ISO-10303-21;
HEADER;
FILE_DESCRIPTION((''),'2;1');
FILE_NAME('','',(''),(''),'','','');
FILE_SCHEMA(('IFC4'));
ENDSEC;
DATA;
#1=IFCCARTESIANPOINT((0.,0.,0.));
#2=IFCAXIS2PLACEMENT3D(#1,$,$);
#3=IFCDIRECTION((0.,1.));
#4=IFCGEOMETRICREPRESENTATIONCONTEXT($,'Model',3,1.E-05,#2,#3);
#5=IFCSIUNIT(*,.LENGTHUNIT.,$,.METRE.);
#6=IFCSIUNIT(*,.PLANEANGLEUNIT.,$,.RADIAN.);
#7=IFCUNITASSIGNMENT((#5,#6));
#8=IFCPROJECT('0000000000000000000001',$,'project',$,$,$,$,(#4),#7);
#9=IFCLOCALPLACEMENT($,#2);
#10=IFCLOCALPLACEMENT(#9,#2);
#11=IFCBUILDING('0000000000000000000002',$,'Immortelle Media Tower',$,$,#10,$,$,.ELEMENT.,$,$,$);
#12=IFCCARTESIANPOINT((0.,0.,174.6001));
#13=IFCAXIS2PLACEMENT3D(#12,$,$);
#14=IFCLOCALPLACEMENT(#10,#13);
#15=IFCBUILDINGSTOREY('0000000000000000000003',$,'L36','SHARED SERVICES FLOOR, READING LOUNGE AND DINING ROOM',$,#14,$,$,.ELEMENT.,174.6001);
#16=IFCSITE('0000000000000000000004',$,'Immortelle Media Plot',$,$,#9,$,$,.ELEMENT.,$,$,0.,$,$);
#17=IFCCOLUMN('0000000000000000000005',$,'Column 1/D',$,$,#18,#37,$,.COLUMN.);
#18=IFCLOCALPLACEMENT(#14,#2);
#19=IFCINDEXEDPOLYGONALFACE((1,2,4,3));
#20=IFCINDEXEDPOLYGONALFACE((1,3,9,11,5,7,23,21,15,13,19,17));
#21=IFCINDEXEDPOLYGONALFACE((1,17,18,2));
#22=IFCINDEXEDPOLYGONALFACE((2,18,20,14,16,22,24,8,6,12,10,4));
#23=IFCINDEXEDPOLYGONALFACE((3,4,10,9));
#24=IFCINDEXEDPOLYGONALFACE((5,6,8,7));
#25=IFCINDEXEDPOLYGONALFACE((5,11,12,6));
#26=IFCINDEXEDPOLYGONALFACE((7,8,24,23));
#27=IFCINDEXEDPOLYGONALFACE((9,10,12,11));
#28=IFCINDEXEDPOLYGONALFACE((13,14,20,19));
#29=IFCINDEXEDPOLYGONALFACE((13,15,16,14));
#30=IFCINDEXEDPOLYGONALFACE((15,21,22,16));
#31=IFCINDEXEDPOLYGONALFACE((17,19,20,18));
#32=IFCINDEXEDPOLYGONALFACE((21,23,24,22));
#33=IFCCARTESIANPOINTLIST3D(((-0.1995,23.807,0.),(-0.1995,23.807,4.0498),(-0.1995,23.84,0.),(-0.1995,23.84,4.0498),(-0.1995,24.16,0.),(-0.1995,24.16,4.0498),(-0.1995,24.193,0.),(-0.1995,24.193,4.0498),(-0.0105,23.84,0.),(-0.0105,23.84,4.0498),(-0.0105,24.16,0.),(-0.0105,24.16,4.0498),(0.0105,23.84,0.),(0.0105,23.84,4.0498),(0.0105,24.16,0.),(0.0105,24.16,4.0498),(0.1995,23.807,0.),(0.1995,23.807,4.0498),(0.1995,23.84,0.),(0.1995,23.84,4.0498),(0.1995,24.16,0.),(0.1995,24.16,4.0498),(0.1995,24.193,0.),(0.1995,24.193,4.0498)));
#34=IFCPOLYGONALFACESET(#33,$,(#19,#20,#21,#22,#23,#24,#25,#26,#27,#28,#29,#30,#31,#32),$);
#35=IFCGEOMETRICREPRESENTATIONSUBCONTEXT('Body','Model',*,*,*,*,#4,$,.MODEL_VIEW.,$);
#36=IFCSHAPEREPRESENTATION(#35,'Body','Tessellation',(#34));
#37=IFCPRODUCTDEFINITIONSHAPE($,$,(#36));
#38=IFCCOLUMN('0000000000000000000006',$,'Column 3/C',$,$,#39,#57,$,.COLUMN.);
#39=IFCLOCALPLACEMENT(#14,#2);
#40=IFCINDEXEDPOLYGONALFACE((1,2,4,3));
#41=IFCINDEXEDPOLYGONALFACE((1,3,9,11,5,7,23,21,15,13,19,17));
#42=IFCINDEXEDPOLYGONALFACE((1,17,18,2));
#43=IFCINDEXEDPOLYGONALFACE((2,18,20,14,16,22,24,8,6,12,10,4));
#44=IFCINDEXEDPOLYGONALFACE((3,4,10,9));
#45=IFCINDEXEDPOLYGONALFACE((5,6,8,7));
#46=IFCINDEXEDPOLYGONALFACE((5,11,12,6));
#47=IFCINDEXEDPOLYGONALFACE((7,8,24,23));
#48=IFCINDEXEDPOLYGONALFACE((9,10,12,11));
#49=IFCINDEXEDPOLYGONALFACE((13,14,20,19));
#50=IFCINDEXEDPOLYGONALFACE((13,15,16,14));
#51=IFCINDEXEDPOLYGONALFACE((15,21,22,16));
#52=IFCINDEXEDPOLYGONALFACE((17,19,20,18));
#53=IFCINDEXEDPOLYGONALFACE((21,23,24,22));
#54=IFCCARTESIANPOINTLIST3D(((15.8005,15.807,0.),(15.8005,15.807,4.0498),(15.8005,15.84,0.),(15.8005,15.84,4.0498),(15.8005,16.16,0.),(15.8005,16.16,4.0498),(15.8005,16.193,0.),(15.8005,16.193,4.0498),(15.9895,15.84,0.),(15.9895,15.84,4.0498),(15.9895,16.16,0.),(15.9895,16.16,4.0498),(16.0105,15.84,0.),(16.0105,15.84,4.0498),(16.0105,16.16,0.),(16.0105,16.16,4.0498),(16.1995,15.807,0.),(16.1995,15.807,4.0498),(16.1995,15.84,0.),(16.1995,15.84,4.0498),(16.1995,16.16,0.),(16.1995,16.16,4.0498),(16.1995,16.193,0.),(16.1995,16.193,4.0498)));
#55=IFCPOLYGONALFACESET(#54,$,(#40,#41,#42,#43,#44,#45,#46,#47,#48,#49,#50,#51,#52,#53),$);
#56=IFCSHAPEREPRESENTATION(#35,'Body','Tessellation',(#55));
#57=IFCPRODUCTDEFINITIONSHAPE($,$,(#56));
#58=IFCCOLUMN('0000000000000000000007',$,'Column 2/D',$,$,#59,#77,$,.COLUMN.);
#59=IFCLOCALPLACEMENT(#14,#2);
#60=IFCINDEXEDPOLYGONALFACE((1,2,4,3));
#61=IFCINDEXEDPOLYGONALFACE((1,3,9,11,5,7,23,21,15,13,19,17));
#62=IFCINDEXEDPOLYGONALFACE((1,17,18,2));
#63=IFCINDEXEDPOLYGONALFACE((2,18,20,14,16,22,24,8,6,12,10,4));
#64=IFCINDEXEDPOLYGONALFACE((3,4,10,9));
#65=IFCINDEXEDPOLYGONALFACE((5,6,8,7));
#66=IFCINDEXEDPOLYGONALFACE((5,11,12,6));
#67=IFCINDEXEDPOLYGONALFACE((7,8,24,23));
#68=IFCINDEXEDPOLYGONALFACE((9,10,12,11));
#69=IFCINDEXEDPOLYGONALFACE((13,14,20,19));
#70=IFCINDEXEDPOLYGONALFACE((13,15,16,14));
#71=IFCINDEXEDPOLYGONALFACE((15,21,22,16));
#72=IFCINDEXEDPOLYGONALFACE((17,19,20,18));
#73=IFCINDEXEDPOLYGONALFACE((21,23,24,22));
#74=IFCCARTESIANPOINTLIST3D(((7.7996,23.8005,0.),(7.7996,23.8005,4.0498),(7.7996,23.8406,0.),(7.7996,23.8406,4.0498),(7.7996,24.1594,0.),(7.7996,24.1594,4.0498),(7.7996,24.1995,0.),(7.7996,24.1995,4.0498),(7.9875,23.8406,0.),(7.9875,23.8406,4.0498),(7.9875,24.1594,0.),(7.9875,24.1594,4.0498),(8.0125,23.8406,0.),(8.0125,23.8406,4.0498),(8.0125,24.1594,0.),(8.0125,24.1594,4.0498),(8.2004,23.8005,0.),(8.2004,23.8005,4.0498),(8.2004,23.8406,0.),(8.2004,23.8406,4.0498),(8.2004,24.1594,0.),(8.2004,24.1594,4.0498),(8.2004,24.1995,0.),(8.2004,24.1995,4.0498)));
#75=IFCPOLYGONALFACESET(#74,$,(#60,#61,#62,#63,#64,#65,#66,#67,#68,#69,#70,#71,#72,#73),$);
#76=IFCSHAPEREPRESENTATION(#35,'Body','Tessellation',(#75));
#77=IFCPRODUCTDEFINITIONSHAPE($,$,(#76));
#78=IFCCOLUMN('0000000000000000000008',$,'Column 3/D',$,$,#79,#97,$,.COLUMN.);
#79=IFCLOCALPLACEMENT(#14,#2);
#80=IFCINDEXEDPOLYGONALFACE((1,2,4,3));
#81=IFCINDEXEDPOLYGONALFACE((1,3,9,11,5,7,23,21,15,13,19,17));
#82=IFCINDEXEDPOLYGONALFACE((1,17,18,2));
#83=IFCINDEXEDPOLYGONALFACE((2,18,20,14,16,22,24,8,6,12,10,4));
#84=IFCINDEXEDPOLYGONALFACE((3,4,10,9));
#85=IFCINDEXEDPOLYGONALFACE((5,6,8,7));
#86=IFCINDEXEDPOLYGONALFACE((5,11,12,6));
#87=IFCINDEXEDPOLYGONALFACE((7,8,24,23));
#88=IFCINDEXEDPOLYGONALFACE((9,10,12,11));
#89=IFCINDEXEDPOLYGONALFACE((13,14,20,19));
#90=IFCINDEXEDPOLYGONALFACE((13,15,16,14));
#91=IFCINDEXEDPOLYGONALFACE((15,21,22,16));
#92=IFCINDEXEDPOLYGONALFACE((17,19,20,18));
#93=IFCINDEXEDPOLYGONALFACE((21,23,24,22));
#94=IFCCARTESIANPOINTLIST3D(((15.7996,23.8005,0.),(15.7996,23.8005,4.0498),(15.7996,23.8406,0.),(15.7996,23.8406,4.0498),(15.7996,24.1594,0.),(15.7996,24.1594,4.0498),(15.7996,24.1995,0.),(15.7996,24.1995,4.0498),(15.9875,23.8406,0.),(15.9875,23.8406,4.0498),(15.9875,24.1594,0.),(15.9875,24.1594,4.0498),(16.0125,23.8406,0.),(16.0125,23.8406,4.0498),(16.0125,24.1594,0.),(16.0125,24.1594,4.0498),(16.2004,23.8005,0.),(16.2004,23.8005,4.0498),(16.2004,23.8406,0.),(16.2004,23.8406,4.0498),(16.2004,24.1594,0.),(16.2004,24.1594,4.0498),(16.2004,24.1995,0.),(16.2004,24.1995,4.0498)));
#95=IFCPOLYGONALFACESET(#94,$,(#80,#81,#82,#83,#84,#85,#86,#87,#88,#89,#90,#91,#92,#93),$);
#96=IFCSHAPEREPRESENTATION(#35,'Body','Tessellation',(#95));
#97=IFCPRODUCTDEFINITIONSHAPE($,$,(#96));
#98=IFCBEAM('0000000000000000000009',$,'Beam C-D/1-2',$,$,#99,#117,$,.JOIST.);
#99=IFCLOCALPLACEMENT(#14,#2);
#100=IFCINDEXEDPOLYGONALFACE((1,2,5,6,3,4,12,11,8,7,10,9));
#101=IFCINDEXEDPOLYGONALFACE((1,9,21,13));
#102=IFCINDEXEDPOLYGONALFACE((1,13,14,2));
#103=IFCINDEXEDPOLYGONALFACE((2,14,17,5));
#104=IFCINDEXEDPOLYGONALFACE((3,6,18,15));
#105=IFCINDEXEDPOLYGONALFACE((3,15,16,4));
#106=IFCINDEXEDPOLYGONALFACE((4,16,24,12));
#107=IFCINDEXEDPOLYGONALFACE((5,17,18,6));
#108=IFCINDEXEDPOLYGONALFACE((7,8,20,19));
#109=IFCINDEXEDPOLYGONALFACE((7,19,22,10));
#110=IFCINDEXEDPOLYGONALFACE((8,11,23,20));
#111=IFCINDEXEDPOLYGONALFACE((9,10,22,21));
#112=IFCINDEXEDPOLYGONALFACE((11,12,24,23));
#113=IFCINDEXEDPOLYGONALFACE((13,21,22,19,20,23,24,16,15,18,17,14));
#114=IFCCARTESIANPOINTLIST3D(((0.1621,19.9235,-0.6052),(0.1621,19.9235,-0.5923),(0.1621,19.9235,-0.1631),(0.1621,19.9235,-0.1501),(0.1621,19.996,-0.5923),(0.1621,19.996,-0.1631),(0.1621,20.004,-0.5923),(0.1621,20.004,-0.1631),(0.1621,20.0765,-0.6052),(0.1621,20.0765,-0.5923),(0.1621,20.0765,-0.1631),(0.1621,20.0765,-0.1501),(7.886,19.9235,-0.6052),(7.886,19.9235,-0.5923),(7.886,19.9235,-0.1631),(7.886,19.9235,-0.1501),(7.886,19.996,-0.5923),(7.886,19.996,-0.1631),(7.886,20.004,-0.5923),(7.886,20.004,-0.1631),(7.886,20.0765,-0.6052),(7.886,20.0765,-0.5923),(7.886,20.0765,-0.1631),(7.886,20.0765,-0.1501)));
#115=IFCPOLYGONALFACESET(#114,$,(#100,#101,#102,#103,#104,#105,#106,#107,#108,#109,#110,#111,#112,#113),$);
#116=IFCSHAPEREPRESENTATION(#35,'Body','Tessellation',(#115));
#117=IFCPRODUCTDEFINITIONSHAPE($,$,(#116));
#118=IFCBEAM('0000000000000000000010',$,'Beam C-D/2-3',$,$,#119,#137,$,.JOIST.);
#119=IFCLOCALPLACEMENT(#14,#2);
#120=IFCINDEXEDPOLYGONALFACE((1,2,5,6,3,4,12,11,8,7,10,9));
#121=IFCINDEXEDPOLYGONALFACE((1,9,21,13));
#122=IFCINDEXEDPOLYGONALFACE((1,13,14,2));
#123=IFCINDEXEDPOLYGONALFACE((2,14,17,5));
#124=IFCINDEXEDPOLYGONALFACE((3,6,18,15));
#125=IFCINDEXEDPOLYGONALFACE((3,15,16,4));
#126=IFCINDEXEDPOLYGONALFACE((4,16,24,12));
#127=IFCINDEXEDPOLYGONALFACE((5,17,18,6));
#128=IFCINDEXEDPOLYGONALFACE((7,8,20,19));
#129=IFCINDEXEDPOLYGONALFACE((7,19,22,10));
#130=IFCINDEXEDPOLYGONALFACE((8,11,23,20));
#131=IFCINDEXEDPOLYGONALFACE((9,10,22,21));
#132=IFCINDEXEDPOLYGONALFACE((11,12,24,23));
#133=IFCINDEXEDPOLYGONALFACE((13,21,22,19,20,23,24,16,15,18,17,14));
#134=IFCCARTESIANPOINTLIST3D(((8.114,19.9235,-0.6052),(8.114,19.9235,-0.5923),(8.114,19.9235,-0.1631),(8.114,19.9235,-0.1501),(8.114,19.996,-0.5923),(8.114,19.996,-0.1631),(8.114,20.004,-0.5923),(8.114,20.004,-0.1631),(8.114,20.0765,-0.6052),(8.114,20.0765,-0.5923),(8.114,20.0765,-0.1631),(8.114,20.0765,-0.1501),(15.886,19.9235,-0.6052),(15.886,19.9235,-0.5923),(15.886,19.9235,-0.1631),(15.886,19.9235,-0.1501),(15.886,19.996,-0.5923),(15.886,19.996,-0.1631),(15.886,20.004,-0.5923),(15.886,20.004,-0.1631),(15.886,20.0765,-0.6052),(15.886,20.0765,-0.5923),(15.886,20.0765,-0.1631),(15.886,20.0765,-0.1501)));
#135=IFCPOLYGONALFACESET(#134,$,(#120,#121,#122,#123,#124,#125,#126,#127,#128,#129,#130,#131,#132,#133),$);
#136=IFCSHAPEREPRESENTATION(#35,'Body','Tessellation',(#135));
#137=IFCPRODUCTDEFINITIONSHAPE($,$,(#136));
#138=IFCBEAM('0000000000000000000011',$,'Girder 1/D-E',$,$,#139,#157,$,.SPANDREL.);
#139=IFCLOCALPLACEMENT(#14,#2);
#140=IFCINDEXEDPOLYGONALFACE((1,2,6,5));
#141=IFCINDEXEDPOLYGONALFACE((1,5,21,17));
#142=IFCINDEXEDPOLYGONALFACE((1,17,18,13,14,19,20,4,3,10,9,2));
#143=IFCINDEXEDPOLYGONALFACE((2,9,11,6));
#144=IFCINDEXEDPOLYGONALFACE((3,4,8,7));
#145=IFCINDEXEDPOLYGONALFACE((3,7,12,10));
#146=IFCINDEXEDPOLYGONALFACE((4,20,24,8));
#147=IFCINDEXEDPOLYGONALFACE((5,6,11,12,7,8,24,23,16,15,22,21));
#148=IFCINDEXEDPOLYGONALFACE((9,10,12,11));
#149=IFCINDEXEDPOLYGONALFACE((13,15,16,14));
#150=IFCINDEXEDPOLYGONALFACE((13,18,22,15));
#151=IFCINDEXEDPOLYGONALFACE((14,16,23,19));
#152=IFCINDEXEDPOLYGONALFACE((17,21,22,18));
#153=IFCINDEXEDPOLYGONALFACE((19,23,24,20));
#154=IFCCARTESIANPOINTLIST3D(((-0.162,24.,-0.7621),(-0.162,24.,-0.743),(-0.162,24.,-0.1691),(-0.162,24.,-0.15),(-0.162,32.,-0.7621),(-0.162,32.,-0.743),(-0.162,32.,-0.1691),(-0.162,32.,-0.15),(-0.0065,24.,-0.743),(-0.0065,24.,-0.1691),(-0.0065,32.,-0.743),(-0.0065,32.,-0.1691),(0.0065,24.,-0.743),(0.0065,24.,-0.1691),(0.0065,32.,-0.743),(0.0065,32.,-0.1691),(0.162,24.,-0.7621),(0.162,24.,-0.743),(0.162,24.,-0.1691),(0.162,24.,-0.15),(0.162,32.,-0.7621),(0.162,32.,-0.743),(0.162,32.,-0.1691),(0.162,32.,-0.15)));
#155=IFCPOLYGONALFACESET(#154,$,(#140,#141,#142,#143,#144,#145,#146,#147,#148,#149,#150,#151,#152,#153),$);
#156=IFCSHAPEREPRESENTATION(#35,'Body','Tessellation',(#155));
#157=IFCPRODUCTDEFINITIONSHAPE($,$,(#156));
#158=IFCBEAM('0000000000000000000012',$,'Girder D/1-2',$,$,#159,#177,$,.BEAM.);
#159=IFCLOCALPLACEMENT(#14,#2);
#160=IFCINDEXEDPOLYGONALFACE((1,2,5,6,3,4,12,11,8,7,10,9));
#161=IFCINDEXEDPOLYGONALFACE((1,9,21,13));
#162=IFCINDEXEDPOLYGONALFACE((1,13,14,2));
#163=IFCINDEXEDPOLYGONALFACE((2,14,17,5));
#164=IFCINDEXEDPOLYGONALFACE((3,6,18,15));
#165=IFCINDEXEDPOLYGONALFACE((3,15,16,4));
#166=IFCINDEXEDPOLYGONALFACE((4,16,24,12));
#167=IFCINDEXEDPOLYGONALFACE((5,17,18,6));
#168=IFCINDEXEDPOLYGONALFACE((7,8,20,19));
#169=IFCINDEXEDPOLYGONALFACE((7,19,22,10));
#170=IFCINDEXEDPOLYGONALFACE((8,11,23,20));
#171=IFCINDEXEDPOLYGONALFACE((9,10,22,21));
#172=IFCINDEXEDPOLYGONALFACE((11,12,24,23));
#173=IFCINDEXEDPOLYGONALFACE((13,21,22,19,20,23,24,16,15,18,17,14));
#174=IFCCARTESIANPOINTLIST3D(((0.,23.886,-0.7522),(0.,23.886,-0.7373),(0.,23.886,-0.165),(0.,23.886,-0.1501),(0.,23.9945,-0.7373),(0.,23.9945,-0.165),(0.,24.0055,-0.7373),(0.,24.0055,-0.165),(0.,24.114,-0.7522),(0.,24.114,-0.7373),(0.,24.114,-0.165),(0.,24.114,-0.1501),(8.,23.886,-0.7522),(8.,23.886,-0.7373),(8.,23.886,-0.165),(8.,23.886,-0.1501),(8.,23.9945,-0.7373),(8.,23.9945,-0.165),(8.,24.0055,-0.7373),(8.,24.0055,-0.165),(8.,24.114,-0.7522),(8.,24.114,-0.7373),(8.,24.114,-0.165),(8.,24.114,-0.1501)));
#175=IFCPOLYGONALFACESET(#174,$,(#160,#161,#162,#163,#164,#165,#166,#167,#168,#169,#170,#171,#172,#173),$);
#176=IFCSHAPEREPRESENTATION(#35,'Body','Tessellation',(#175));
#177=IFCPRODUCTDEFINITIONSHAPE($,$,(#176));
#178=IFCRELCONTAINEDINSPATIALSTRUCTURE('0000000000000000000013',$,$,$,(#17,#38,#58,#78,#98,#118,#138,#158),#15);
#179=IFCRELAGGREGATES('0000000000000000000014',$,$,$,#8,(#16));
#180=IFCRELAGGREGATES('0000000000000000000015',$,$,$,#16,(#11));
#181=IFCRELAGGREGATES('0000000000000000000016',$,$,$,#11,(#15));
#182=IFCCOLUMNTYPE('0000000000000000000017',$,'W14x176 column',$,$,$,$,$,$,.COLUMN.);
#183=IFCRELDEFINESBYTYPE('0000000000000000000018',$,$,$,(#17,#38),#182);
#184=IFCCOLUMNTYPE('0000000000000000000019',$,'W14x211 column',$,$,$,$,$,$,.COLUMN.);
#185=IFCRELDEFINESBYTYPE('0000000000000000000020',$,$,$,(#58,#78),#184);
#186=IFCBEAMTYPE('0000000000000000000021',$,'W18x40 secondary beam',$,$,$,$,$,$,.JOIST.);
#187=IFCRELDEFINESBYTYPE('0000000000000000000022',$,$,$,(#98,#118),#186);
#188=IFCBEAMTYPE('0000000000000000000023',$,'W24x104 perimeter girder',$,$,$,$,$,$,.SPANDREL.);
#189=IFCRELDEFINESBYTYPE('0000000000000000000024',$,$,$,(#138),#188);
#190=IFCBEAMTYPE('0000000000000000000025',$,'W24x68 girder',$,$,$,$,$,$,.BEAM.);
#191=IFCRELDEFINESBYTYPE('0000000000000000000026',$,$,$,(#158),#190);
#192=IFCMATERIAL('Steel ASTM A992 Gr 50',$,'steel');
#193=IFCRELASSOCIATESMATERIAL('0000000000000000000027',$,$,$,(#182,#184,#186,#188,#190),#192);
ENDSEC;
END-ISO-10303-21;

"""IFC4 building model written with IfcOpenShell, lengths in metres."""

from ifc_helpers import new_model, si_unit, direction, frame, origin, origin_2d, place, context, subcontext, project, spatial, i_section, extrude, material, material_profile, profile_set, type_object, element, save


model = new_model("IFC4")

# Units and contexts
model_context = context("Model", 3, precision=1e-05, world=origin(), true_north=direction((0.0, 1.0)))
body_context = subcontext(model_context, "Body", "Model", "MODEL_VIEW")
ifc_project = project(units=[si_unit("LENGTHUNIT", "METRE"), si_unit("PLANEANGLEUNIT", "RADIAN")], contexts=[model_context])

# Site, building, storey
site_placement = place(None, origin())
site = spatial("IfcSite", under=ifc_project, at=site_placement, Name="Immortelle Media Plot", CompositionType="ELEMENT", RefElevation=0.0)
building_placement = place(site_placement, origin())
building = spatial("IfcBuilding", under=site, at=building_placement, Name="Immortelle Media Tower", CompositionType="ELEMENT")
storey_placement = place(building_placement, frame((0.0, 0.0, 174.6001)))
storey = spatial("IfcBuildingStorey", under=building, at=storey_placement, Name="L36", Description="SHARED SERVICES FLOOR, READING LOUNGE AND DINING ROOM", CompositionType="ELEMENT", Elevation=174.6001)

# Columns
ifc_material_1 = material(Name="Steel ASTM A992 Gr 50", Category="steel")
ifc_material_profile_1 = material_profile(ifc_material_1, i_section(OverallWidth=0.3989, OverallDepth=0.386, WebThickness=0.021, FlangeThickness=0.033, at=origin_2d()), Name="W14x176")
ifc_profile_set_1 = profile_set([ifc_material_profile_1], Name="Steel ASTM A992 Gr 50")
column_type_1 = type_object("IfcColumnType", Name="W14x176 column", PredefinedType="COLUMN", material=ifc_profile_set_1)
for number, where, z_axis, x_axis, name in (
    (1, (0.0, 24.0, 0.0), (0.0, 0.0, 1.0), (1.0, 0.0, 0.0), "Column 1/D"),
    (2, (16.0, 16.0, 0.0), (0.0, 0.0, 1.0), (1.0, 0.0, 0.0), "Column 3/C"),
):
    element("IfcColumn", number, at=place(storey_placement, frame(where, z_axis=z_axis, x_axis=x_axis)), inside=storey, type_object=column_type_1, Name=name, PredefinedType="COLUMN", context=body_context, shape_type="SweptSolid", body=[
        extrude(i_section(OverallWidth=0.3989, OverallDepth=0.386, WebThickness=0.021, FlangeThickness=0.033, at=origin_2d()), origin(), (0.0, 0.0, 1.0), 4.0498),
    ])
ifc_material_profile_2 = material_profile(ifc_material_1, i_section(OverallWidth=0.4009, OverallDepth=0.3989, WebThickness=0.0249, FlangeThickness=0.04, at=origin_2d()), Name="W14x211")
ifc_profile_set_2 = profile_set([ifc_material_profile_2], Name="Steel ASTM A992 Gr 50")
column_type_2 = type_object("IfcColumnType", Name="W14x211 column", PredefinedType="COLUMN", material=ifc_profile_set_2)
for number, where, z_axis, x_axis, name in (
    (3, (8.0, 24.0, 0.0), (0.0, 0.0, 1.0), (1.0, 0.0, 0.0), "Column 2/D"),
    (4, (16.0, 24.0, 0.0), (0.0, 0.0, 1.0), (1.0, 0.0, 0.0), "Column 3/D"),
):
    element("IfcColumn", number, at=place(storey_placement, frame(where, z_axis=z_axis, x_axis=x_axis)), inside=storey, type_object=column_type_2, Name=name, PredefinedType="COLUMN", context=body_context, shape_type="SweptSolid", body=[
        extrude(i_section(OverallWidth=0.4009, OverallDepth=0.3989, WebThickness=0.0249, FlangeThickness=0.04, at=origin_2d()), origin(), (0.0, 0.0, 1.0), 4.0498),
    ])

# Beams
ifc_material_profile_3 = material_profile(ifc_material_1, i_section(OverallWidth=0.1531, OverallDepth=0.4551, WebThickness=0.0081, FlangeThickness=0.0129, at=origin_2d()), Name="W18x40")
ifc_profile_set_3 = profile_set([ifc_material_profile_3], Name="Steel ASTM A992 Gr 50")
beam_type_1 = type_object("IfcBeamType", Name="W18x40 secondary beam", PredefinedType="JOIST", material=ifc_profile_set_3)
beam_1_placement = place(storey_placement, frame((0.1621, 20.0, -0.3777), z_axis=(1.0, 0.0, 0.0), x_axis=(0.0, 1.0, 0.0)))
element("IfcBeam", 5, at=beam_1_placement, inside=storey, type_object=beam_type_1, Name="Beam C-D/1-2", PredefinedType="JOIST", context=body_context, shape_type="SweptSolid", body=[
    extrude(i_section(OverallWidth=0.1531, OverallDepth=0.4551, WebThickness=0.0081, FlangeThickness=0.0129, at=origin_2d()), origin(), (0.0, 0.0, 1.0), 7.7239),
])
beam_2_placement = place(storey_placement, frame((8.114, 20.0, -0.3777), z_axis=(1.0, 0.0, 0.0), x_axis=(0.0, 1.0, 0.0)))
element("IfcBeam", 6, at=beam_2_placement, inside=storey, type_object=beam_type_1, Name="Beam C-D/2-3", PredefinedType="JOIST", context=body_context, shape_type="SweptSolid", body=[
    extrude(i_section(OverallWidth=0.1531, OverallDepth=0.4551, WebThickness=0.0081, FlangeThickness=0.0129, at=origin_2d()), origin(), (0.0, 0.0, 1.0), 7.772),
])
ifc_material_profile_4 = material_profile(ifc_material_1, i_section(OverallWidth=0.324, OverallDepth=0.6121, WebThickness=0.0129, FlangeThickness=0.019, at=origin_2d()), Name="W24x104")
ifc_profile_set_4 = profile_set([ifc_material_profile_4], Name="Steel ASTM A992 Gr 50")
beam_type_2 = type_object("IfcBeamType", Name="W24x104 perimeter girder", PredefinedType="SPANDREL", material=ifc_profile_set_4)
beam_3_placement = place(storey_placement, frame((0.0, 24.0, -0.4561), z_axis=(0.0, 1.0, 0.0), x_axis=(-1.0, 0.0, 0.0)))
element("IfcBeam", 7, at=beam_3_placement, inside=storey, type_object=beam_type_2, Name="Girder 1/D-E", PredefinedType="SPANDREL", context=body_context, shape_type="SweptSolid", body=[
    extrude(i_section(OverallWidth=0.324, OverallDepth=0.6121, WebThickness=0.0129, FlangeThickness=0.019, at=origin_2d()), origin(), (0.0, 0.0, 1.0), 8.0),
])
ifc_material_profile_5 = material_profile(ifc_material_1, i_section(OverallWidth=0.228, OverallDepth=0.6021, WebThickness=0.011, FlangeThickness=0.0149, at=origin_2d()), Name="W24x68")
ifc_profile_set_5 = profile_set([ifc_material_profile_5], Name="Steel ASTM A992 Gr 50")
beam_type_3 = type_object("IfcBeamType", Name="W24x68 girder", PredefinedType="BEAM", material=ifc_profile_set_5)
for number, where, z_axis, x_axis, name in (
    (8, (0.0, 24.0, -0.4512), (1.0, 0.0, 0.0), (0.0, 1.0, 0.0), "Girder D/1-2"),
):
    element("IfcBeam", number, at=place(storey_placement, frame(where, z_axis=z_axis, x_axis=x_axis)), inside=storey, type_object=beam_type_3, Name=name, PredefinedType="BEAM", context=body_context, shape_type="SweptSolid", body=[
        extrude(i_section(OverallWidth=0.228, OverallDepth=0.6021, WebThickness=0.011, FlangeThickness=0.0149, at=origin_2d()), origin(), (0.0, 0.0, 1.0), 8.0),
    ])

save(model, "model.ifc")
